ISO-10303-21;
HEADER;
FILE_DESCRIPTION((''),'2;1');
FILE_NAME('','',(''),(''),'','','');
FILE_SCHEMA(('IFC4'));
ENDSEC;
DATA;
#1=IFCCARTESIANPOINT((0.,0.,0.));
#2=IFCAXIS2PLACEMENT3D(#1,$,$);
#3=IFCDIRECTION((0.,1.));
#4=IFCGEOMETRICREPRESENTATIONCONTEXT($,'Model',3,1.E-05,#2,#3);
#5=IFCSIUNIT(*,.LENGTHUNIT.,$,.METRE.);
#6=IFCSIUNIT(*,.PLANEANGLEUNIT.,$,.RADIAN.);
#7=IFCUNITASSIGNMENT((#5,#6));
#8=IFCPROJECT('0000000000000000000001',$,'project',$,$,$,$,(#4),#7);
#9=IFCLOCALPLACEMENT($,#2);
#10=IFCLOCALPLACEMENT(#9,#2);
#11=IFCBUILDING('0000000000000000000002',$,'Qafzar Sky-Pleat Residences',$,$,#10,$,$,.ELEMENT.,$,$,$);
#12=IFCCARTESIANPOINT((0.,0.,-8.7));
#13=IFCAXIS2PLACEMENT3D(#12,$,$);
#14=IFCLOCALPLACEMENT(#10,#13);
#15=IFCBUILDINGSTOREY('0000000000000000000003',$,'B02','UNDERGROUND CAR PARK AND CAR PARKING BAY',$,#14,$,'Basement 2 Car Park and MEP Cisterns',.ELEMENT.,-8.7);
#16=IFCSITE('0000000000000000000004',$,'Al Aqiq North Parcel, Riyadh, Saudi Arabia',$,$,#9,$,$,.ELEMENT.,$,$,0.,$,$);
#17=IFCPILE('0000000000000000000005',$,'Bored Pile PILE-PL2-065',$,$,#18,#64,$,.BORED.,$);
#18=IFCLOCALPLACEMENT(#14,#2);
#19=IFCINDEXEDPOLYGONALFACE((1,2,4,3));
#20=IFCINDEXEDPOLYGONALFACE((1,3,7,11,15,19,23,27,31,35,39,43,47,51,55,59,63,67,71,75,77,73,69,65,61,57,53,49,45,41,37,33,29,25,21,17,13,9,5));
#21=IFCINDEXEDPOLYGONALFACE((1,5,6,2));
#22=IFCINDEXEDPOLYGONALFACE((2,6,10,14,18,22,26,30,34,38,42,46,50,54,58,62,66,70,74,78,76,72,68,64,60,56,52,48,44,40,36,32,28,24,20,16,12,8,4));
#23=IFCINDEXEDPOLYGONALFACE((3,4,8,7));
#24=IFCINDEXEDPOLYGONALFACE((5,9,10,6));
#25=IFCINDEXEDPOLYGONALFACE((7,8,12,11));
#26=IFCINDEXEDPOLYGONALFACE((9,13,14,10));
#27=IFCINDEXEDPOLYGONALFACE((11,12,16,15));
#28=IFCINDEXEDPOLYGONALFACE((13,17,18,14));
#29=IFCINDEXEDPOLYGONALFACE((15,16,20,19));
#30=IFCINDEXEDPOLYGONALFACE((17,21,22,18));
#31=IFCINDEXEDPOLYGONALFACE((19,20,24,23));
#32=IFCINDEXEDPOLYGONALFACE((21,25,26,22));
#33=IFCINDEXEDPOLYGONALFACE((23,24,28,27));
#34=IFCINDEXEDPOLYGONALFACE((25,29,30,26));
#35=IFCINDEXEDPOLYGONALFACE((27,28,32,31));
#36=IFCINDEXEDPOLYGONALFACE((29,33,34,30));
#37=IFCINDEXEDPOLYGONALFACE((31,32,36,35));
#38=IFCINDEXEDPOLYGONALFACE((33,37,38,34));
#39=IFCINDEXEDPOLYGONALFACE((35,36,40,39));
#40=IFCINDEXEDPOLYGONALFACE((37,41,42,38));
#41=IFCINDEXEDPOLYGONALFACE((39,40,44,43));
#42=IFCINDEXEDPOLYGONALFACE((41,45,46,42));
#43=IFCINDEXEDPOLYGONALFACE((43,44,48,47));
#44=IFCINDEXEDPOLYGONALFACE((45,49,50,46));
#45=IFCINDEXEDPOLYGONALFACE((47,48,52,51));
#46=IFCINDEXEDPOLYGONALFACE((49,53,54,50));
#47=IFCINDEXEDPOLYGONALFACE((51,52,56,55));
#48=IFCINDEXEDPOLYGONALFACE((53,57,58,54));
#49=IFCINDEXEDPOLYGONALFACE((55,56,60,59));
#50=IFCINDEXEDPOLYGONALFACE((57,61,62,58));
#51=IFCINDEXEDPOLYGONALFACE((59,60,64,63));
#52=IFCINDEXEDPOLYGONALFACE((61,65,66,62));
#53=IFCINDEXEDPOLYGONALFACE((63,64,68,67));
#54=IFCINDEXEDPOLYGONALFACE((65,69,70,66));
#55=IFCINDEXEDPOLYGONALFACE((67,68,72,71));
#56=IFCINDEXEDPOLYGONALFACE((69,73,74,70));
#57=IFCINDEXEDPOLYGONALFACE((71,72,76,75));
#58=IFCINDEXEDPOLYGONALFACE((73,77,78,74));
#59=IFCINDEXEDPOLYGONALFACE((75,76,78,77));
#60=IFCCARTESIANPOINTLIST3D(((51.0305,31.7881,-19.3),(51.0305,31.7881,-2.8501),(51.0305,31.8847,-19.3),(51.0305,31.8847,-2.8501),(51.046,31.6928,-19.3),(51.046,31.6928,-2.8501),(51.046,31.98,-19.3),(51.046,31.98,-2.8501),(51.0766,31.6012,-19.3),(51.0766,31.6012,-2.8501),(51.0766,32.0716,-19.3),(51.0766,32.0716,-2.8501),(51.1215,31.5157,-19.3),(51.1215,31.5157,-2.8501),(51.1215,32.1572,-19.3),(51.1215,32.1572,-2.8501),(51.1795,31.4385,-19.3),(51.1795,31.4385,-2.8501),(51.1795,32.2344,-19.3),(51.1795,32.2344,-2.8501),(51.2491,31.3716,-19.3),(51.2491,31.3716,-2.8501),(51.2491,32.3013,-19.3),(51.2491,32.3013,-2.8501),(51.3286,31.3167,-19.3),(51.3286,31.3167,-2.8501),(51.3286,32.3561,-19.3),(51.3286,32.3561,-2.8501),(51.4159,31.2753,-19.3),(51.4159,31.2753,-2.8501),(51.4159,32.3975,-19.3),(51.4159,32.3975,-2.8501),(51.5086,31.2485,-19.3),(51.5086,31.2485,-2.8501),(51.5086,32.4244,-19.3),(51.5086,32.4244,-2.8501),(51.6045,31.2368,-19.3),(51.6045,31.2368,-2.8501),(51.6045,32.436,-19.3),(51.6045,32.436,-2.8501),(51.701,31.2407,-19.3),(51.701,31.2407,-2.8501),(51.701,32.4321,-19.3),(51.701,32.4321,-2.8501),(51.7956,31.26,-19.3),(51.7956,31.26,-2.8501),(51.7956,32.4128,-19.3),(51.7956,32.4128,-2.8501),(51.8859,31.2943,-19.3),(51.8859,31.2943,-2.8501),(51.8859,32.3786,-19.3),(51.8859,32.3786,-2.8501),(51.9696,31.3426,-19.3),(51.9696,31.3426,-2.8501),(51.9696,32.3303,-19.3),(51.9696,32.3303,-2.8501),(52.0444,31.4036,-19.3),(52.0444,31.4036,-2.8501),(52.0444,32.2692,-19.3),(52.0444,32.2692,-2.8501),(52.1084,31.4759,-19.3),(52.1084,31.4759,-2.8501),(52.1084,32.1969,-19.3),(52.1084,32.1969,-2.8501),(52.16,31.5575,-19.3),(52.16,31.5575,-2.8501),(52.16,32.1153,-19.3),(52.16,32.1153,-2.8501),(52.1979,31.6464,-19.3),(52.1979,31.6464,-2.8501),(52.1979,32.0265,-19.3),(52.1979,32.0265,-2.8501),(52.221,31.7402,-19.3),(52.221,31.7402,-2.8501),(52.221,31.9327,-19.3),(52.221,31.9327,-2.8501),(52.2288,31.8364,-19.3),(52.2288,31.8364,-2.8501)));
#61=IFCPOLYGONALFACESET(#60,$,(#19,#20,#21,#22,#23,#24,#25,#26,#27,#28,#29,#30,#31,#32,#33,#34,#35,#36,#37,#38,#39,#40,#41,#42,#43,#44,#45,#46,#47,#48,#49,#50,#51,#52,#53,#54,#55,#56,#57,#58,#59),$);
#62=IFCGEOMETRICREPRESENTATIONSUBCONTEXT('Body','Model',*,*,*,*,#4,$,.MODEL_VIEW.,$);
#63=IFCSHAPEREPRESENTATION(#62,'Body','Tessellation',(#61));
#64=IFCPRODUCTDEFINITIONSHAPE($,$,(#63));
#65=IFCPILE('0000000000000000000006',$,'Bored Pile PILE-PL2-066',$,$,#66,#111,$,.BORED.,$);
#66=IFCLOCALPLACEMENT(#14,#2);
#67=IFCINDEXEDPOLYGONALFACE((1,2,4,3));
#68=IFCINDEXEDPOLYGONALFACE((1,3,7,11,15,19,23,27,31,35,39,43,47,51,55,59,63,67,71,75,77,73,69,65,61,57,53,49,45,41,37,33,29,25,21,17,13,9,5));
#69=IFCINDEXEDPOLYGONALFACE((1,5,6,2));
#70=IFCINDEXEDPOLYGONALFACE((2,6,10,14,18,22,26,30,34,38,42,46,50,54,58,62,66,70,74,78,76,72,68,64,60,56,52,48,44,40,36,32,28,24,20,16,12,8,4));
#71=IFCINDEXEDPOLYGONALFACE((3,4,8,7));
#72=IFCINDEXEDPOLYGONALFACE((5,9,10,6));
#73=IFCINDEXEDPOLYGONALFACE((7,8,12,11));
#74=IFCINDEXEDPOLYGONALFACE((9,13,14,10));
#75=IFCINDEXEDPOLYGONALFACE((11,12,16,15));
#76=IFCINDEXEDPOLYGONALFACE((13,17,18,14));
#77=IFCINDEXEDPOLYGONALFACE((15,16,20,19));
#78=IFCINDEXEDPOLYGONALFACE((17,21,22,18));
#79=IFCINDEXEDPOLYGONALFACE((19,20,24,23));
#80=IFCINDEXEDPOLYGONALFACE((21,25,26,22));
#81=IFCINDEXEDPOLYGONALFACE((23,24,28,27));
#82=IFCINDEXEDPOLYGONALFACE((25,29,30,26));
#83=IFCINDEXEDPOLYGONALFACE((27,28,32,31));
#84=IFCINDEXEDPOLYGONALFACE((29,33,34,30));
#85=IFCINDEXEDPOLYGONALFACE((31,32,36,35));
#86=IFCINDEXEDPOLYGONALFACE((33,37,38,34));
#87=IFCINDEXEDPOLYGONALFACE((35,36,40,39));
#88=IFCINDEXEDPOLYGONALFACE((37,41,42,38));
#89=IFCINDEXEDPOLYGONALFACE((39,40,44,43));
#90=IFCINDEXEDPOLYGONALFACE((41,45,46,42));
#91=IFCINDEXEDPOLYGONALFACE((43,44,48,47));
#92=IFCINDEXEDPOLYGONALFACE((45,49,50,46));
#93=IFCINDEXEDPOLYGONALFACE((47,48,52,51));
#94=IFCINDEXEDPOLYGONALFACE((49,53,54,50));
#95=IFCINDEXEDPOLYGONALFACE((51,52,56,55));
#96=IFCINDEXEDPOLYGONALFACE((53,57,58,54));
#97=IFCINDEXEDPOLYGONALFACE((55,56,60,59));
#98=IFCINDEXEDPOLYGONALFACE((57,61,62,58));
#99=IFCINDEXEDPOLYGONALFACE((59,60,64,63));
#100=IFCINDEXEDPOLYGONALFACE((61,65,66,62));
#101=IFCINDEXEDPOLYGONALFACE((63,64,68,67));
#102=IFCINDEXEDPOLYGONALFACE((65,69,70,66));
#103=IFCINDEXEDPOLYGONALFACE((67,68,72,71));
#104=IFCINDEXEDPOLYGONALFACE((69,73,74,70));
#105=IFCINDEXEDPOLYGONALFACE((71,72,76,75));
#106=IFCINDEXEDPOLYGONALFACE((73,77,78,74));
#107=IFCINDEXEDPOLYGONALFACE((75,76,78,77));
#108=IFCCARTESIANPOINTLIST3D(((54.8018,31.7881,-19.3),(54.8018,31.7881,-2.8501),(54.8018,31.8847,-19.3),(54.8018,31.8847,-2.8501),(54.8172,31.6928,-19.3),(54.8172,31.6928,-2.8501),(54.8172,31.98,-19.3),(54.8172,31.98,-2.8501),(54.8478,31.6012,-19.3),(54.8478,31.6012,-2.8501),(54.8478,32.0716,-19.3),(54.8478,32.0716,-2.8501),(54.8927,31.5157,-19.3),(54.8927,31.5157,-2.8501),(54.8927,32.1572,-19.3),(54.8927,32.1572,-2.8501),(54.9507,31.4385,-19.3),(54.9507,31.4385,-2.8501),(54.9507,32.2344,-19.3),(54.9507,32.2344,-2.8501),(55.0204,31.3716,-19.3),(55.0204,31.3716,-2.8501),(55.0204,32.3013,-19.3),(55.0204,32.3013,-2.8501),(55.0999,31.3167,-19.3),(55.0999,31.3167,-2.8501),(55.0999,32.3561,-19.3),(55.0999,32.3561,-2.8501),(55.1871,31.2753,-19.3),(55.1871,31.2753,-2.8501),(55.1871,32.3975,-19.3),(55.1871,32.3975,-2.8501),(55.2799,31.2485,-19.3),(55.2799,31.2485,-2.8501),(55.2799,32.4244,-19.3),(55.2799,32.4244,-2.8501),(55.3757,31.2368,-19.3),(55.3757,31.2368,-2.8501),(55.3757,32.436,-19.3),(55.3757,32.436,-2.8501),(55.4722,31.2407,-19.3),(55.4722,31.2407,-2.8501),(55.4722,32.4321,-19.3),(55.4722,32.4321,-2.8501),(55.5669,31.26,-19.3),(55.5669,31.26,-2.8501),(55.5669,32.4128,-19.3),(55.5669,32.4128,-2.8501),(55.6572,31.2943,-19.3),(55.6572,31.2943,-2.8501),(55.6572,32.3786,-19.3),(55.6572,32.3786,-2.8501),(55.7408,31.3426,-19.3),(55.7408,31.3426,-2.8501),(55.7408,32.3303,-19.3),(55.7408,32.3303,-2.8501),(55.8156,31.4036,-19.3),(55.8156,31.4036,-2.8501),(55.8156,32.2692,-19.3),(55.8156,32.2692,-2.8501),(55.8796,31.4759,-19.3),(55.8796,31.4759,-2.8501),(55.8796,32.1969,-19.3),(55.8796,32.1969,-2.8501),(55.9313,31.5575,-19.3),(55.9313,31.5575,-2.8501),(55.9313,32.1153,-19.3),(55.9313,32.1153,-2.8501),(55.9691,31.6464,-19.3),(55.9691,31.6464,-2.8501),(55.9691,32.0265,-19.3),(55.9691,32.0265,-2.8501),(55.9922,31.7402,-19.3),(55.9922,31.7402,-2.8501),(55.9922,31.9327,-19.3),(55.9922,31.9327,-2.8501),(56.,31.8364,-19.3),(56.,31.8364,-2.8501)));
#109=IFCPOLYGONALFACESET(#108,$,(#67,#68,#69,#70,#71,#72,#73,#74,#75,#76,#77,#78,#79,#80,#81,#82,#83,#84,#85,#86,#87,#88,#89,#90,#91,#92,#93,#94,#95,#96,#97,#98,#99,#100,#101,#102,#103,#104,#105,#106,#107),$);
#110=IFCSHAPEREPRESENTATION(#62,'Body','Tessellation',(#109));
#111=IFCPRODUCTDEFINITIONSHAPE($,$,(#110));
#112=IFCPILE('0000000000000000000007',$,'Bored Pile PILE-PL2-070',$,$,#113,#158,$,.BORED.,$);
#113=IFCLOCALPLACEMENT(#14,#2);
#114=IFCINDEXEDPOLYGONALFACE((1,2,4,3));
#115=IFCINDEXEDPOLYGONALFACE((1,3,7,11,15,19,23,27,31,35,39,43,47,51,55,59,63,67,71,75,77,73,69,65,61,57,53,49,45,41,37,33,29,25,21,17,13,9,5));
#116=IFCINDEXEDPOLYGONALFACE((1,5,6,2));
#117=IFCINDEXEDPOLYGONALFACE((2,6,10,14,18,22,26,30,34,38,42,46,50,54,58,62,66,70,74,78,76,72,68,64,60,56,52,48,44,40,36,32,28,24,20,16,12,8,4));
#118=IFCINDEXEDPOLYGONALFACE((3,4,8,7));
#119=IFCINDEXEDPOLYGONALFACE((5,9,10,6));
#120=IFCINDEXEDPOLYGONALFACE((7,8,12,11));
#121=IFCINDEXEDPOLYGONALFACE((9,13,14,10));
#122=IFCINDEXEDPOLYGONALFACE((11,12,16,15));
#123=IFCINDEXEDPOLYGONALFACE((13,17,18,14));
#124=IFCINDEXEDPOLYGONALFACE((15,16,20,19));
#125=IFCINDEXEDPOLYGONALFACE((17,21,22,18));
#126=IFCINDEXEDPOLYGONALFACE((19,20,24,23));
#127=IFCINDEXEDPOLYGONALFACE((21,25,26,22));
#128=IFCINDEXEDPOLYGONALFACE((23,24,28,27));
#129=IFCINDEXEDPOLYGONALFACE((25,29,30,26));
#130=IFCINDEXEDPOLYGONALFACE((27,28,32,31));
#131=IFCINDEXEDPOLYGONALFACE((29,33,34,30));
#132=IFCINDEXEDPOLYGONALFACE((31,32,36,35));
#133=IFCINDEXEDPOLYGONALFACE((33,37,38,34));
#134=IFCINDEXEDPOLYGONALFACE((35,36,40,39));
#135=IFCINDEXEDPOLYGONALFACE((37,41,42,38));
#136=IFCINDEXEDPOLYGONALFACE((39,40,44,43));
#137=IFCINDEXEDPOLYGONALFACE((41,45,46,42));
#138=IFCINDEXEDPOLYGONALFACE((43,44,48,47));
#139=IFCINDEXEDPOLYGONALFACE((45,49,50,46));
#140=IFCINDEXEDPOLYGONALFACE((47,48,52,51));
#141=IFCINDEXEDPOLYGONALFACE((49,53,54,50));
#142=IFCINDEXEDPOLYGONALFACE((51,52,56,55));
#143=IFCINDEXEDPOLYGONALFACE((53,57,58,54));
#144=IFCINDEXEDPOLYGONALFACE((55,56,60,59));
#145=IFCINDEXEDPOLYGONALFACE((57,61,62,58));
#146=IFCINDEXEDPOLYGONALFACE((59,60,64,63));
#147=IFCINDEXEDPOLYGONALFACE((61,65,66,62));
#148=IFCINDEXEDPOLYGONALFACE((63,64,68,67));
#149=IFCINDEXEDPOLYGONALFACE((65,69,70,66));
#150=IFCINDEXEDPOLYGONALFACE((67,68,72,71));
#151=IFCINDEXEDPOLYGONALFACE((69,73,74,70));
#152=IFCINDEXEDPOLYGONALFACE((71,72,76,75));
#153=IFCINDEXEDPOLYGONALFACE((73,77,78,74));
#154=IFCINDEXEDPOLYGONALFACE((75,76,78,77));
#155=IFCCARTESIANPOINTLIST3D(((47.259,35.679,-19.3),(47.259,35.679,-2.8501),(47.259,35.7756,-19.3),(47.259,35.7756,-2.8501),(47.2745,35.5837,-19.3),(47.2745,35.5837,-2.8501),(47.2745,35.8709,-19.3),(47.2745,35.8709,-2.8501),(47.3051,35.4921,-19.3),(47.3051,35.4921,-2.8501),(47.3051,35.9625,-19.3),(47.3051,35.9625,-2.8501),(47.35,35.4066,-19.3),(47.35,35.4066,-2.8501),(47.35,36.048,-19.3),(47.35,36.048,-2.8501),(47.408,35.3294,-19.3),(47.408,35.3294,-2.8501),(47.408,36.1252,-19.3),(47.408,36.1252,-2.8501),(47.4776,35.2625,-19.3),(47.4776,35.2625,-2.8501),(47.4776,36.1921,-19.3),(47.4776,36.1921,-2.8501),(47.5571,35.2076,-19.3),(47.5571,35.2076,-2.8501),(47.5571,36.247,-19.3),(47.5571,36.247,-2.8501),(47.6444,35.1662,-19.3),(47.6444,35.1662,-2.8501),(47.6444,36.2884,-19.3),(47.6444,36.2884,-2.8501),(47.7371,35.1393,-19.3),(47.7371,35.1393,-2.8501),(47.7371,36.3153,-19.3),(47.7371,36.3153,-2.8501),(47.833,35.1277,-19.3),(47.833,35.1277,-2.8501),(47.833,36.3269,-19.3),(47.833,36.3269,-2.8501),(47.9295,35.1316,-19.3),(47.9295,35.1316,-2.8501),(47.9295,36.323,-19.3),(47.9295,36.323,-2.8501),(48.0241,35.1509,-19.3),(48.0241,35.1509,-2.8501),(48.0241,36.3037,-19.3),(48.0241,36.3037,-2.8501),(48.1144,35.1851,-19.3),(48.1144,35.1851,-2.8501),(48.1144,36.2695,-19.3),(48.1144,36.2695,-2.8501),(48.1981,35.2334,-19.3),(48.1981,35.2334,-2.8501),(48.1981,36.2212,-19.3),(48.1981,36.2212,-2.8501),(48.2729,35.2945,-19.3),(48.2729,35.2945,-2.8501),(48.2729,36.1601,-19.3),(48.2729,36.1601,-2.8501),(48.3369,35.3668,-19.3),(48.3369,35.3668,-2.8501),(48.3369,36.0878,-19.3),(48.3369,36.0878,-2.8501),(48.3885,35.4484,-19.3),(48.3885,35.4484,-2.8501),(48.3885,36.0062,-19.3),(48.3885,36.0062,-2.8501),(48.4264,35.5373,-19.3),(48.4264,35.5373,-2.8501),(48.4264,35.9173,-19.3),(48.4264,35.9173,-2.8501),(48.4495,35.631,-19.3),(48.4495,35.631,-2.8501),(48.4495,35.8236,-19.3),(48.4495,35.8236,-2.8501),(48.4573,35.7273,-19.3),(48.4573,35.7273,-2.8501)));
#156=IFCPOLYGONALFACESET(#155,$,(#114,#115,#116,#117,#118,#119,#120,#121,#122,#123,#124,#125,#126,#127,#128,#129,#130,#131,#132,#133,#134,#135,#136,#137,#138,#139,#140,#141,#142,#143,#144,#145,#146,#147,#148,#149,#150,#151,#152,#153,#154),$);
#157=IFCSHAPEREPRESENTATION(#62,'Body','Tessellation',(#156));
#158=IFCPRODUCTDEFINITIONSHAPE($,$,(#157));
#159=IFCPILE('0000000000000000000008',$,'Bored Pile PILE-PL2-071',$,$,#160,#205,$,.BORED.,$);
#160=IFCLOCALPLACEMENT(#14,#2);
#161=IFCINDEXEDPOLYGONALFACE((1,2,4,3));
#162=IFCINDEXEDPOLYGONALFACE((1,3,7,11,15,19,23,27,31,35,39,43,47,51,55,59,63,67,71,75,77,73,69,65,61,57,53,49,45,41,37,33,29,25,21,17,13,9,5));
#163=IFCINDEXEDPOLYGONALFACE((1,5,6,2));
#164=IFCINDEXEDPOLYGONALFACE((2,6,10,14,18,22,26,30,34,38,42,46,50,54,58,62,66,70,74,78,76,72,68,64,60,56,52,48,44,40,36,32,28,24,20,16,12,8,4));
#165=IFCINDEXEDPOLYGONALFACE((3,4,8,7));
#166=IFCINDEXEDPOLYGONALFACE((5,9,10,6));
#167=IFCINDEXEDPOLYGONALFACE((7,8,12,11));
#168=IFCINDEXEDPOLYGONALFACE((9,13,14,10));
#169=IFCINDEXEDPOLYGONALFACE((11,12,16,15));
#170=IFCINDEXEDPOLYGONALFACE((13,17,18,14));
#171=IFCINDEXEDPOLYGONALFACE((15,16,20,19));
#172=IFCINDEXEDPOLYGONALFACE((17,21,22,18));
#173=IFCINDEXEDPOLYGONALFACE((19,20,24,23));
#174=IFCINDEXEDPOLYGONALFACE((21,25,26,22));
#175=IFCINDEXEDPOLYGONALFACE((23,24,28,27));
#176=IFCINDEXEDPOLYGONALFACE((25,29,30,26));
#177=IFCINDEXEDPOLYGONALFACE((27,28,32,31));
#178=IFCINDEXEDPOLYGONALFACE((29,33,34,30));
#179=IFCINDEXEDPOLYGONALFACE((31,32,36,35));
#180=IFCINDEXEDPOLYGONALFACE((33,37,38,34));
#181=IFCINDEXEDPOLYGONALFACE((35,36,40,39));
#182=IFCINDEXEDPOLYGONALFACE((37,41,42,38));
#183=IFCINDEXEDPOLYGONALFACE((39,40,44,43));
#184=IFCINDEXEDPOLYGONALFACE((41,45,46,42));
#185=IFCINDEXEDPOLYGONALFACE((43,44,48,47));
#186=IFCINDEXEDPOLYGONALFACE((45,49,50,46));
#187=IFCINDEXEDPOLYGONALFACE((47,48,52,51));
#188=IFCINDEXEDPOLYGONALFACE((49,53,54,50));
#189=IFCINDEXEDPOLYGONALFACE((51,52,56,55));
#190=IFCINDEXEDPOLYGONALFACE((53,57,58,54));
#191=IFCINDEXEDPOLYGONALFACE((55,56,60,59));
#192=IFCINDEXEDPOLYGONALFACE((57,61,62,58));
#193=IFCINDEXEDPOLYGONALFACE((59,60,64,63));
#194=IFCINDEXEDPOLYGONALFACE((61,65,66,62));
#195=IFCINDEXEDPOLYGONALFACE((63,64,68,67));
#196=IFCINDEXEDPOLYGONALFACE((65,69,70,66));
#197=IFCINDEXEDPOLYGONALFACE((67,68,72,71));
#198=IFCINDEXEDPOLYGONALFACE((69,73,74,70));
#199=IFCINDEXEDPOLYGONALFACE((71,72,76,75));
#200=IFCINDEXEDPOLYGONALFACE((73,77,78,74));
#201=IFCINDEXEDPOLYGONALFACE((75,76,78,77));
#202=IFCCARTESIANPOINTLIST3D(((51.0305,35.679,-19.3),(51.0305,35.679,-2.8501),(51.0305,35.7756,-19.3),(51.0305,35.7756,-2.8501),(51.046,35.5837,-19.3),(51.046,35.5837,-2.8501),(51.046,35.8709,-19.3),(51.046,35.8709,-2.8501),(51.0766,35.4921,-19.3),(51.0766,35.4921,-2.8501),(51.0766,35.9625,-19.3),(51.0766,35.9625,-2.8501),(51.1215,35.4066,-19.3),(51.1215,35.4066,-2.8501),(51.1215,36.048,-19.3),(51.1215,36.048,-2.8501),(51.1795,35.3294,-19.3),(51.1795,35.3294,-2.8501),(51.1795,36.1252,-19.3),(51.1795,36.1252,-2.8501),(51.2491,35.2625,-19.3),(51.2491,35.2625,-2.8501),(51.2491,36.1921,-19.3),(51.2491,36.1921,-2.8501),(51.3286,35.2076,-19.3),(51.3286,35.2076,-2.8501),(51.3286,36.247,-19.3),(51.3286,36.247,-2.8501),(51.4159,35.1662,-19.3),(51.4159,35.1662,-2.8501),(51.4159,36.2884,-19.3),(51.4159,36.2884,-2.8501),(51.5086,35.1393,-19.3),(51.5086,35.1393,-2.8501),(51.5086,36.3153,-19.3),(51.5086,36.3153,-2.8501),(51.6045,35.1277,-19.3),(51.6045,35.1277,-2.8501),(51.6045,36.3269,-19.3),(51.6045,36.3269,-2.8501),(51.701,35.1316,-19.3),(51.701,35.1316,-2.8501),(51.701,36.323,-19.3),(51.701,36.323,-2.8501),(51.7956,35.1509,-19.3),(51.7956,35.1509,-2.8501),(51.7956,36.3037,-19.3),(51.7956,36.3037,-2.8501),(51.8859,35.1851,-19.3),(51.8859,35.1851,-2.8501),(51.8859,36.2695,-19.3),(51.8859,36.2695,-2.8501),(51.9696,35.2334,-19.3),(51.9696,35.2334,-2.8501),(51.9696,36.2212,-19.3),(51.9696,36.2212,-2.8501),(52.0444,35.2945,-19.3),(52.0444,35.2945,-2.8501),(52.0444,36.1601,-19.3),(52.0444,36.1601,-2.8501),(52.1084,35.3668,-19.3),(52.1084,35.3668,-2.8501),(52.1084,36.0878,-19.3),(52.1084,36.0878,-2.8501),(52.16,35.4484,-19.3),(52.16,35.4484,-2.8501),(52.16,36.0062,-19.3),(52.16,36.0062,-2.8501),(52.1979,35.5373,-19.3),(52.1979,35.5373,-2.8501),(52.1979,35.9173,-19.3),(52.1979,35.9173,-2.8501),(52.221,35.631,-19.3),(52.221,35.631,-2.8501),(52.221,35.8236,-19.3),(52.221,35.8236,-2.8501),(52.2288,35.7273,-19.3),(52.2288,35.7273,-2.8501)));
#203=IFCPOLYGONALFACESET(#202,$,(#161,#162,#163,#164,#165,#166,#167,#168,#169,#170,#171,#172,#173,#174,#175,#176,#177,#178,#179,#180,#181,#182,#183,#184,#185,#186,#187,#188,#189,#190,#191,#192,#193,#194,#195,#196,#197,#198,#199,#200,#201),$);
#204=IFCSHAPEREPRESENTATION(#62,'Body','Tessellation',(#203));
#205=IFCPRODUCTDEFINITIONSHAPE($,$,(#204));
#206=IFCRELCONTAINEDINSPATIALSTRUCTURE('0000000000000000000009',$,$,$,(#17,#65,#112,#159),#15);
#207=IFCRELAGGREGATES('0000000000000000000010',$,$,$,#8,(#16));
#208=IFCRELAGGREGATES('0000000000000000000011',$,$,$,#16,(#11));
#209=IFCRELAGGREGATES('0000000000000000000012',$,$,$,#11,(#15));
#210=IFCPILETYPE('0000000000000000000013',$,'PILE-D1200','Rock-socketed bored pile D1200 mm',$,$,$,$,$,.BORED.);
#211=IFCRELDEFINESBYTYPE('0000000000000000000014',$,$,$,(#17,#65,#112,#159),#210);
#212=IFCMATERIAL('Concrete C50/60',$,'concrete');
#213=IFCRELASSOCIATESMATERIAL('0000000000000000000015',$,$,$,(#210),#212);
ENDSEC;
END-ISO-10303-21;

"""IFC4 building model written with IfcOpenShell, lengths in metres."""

from ifc_helpers import new_model, si_unit, direction, frame, origin, origin_2d, place, context, subcontext, project, spatial, circle, extrude, source, transform, mapped, material, material_profile, profile_set, type_object, element, save


model = new_model("IFC4")

# Units and contexts
model_context = context("Model", 3, precision=1e-05, world=origin(), true_north=direction((0.0, 1.0)))
body_context = subcontext(model_context, "Body", "Model", "MODEL_VIEW")
ifc_project = project(units=[si_unit("LENGTHUNIT", "METRE"), si_unit("PLANEANGLEUNIT", "RADIAN")], contexts=[model_context])

# Site, building, storey
site_placement = place(None, origin())
site = spatial("IfcSite", under=ifc_project, at=site_placement, Name="Al Aqiq North Parcel, Riyadh, Saudi Arabia", CompositionType="ELEMENT", RefElevation=0.0)
building_placement = place(site_placement, origin())
building = spatial("IfcBuilding", under=site, at=building_placement, Name="Qafzar Sky-Pleat Residences", CompositionType="ELEMENT")
storey_placement = place(building_placement, frame((0.0, 0.0, -8.7)))
storey = spatial("IfcBuildingStorey", under=building, at=storey_placement, Name="B02", Description="UNDERGROUND CAR PARK AND CAR PARKING BAY", LongName="Basement 2 Car Park and MEP Cisterns", CompositionType="ELEMENT", Elevation=-8.7)

# Piles
ifc_material_1 = material(Name="Concrete C50/60", Category="concrete")
ifc_material_profile_1 = material_profile(ifc_material_1, circle(Radius=0.6001, at=origin_2d()), Name="PILE D1200")
ifc_profile_set_1 = profile_set([ifc_material_profile_1], Name="Concrete C50/60")
pile_type = type_object("IfcPileType", Name="PILE-D1200", Description="Rock-socketed bored pile D1200 mm", PredefinedType="BORED", material=ifc_profile_set_1)
shared_shape_1 = source(origin(), body_context, "Body", "SweptSolid", [
    extrude(circle(Radius=0.6001, at=origin_2d()), origin(), (0.0, 0.0, 1.0), 16.45),
])
for number, where, z_axis, x_axis, name in (
    (1, (51.6287, 31.8364, -2.8501), (0.0, 0.0, -1.0), (1.0, 0.0, 0.0), "Bored Pile PILE-PL2-065"),
    (2, (55.3999, 31.8364, -2.8501), (0.0, 0.0, -1.0), (1.0, 0.0, 0.0), "Bored Pile PILE-PL2-066"),
    (3, (47.8572, 35.7273, -2.8501), (0.0, 0.0, -1.0), (1.0, 0.0, 0.0), "Bored Pile PILE-PL2-070"),
    (4, (51.6287, 35.7273, -2.8501), (0.0, 0.0, -1.0), (1.0, 0.0, 0.0), "Bored Pile PILE-PL2-071"),
):
    element("IfcPile", number, at=place(storey_placement, frame(where, z_axis=z_axis, x_axis=x_axis)), inside=storey, type_object=pile_type, Name=name, PredefinedType="BORED", context=body_context, shape_type="MappedRepresentation", body=[
        mapped(shared_shape_1, transform((0.0, 0.0, 0.0), x_axis=(1.0, 0.0, 0.0), y_axis=(0.0, 1.0, 0.0), z_axis=(0.0, 0.0, 1.0), scale=1.0)),
    ])

save(model, "model.ifc")
